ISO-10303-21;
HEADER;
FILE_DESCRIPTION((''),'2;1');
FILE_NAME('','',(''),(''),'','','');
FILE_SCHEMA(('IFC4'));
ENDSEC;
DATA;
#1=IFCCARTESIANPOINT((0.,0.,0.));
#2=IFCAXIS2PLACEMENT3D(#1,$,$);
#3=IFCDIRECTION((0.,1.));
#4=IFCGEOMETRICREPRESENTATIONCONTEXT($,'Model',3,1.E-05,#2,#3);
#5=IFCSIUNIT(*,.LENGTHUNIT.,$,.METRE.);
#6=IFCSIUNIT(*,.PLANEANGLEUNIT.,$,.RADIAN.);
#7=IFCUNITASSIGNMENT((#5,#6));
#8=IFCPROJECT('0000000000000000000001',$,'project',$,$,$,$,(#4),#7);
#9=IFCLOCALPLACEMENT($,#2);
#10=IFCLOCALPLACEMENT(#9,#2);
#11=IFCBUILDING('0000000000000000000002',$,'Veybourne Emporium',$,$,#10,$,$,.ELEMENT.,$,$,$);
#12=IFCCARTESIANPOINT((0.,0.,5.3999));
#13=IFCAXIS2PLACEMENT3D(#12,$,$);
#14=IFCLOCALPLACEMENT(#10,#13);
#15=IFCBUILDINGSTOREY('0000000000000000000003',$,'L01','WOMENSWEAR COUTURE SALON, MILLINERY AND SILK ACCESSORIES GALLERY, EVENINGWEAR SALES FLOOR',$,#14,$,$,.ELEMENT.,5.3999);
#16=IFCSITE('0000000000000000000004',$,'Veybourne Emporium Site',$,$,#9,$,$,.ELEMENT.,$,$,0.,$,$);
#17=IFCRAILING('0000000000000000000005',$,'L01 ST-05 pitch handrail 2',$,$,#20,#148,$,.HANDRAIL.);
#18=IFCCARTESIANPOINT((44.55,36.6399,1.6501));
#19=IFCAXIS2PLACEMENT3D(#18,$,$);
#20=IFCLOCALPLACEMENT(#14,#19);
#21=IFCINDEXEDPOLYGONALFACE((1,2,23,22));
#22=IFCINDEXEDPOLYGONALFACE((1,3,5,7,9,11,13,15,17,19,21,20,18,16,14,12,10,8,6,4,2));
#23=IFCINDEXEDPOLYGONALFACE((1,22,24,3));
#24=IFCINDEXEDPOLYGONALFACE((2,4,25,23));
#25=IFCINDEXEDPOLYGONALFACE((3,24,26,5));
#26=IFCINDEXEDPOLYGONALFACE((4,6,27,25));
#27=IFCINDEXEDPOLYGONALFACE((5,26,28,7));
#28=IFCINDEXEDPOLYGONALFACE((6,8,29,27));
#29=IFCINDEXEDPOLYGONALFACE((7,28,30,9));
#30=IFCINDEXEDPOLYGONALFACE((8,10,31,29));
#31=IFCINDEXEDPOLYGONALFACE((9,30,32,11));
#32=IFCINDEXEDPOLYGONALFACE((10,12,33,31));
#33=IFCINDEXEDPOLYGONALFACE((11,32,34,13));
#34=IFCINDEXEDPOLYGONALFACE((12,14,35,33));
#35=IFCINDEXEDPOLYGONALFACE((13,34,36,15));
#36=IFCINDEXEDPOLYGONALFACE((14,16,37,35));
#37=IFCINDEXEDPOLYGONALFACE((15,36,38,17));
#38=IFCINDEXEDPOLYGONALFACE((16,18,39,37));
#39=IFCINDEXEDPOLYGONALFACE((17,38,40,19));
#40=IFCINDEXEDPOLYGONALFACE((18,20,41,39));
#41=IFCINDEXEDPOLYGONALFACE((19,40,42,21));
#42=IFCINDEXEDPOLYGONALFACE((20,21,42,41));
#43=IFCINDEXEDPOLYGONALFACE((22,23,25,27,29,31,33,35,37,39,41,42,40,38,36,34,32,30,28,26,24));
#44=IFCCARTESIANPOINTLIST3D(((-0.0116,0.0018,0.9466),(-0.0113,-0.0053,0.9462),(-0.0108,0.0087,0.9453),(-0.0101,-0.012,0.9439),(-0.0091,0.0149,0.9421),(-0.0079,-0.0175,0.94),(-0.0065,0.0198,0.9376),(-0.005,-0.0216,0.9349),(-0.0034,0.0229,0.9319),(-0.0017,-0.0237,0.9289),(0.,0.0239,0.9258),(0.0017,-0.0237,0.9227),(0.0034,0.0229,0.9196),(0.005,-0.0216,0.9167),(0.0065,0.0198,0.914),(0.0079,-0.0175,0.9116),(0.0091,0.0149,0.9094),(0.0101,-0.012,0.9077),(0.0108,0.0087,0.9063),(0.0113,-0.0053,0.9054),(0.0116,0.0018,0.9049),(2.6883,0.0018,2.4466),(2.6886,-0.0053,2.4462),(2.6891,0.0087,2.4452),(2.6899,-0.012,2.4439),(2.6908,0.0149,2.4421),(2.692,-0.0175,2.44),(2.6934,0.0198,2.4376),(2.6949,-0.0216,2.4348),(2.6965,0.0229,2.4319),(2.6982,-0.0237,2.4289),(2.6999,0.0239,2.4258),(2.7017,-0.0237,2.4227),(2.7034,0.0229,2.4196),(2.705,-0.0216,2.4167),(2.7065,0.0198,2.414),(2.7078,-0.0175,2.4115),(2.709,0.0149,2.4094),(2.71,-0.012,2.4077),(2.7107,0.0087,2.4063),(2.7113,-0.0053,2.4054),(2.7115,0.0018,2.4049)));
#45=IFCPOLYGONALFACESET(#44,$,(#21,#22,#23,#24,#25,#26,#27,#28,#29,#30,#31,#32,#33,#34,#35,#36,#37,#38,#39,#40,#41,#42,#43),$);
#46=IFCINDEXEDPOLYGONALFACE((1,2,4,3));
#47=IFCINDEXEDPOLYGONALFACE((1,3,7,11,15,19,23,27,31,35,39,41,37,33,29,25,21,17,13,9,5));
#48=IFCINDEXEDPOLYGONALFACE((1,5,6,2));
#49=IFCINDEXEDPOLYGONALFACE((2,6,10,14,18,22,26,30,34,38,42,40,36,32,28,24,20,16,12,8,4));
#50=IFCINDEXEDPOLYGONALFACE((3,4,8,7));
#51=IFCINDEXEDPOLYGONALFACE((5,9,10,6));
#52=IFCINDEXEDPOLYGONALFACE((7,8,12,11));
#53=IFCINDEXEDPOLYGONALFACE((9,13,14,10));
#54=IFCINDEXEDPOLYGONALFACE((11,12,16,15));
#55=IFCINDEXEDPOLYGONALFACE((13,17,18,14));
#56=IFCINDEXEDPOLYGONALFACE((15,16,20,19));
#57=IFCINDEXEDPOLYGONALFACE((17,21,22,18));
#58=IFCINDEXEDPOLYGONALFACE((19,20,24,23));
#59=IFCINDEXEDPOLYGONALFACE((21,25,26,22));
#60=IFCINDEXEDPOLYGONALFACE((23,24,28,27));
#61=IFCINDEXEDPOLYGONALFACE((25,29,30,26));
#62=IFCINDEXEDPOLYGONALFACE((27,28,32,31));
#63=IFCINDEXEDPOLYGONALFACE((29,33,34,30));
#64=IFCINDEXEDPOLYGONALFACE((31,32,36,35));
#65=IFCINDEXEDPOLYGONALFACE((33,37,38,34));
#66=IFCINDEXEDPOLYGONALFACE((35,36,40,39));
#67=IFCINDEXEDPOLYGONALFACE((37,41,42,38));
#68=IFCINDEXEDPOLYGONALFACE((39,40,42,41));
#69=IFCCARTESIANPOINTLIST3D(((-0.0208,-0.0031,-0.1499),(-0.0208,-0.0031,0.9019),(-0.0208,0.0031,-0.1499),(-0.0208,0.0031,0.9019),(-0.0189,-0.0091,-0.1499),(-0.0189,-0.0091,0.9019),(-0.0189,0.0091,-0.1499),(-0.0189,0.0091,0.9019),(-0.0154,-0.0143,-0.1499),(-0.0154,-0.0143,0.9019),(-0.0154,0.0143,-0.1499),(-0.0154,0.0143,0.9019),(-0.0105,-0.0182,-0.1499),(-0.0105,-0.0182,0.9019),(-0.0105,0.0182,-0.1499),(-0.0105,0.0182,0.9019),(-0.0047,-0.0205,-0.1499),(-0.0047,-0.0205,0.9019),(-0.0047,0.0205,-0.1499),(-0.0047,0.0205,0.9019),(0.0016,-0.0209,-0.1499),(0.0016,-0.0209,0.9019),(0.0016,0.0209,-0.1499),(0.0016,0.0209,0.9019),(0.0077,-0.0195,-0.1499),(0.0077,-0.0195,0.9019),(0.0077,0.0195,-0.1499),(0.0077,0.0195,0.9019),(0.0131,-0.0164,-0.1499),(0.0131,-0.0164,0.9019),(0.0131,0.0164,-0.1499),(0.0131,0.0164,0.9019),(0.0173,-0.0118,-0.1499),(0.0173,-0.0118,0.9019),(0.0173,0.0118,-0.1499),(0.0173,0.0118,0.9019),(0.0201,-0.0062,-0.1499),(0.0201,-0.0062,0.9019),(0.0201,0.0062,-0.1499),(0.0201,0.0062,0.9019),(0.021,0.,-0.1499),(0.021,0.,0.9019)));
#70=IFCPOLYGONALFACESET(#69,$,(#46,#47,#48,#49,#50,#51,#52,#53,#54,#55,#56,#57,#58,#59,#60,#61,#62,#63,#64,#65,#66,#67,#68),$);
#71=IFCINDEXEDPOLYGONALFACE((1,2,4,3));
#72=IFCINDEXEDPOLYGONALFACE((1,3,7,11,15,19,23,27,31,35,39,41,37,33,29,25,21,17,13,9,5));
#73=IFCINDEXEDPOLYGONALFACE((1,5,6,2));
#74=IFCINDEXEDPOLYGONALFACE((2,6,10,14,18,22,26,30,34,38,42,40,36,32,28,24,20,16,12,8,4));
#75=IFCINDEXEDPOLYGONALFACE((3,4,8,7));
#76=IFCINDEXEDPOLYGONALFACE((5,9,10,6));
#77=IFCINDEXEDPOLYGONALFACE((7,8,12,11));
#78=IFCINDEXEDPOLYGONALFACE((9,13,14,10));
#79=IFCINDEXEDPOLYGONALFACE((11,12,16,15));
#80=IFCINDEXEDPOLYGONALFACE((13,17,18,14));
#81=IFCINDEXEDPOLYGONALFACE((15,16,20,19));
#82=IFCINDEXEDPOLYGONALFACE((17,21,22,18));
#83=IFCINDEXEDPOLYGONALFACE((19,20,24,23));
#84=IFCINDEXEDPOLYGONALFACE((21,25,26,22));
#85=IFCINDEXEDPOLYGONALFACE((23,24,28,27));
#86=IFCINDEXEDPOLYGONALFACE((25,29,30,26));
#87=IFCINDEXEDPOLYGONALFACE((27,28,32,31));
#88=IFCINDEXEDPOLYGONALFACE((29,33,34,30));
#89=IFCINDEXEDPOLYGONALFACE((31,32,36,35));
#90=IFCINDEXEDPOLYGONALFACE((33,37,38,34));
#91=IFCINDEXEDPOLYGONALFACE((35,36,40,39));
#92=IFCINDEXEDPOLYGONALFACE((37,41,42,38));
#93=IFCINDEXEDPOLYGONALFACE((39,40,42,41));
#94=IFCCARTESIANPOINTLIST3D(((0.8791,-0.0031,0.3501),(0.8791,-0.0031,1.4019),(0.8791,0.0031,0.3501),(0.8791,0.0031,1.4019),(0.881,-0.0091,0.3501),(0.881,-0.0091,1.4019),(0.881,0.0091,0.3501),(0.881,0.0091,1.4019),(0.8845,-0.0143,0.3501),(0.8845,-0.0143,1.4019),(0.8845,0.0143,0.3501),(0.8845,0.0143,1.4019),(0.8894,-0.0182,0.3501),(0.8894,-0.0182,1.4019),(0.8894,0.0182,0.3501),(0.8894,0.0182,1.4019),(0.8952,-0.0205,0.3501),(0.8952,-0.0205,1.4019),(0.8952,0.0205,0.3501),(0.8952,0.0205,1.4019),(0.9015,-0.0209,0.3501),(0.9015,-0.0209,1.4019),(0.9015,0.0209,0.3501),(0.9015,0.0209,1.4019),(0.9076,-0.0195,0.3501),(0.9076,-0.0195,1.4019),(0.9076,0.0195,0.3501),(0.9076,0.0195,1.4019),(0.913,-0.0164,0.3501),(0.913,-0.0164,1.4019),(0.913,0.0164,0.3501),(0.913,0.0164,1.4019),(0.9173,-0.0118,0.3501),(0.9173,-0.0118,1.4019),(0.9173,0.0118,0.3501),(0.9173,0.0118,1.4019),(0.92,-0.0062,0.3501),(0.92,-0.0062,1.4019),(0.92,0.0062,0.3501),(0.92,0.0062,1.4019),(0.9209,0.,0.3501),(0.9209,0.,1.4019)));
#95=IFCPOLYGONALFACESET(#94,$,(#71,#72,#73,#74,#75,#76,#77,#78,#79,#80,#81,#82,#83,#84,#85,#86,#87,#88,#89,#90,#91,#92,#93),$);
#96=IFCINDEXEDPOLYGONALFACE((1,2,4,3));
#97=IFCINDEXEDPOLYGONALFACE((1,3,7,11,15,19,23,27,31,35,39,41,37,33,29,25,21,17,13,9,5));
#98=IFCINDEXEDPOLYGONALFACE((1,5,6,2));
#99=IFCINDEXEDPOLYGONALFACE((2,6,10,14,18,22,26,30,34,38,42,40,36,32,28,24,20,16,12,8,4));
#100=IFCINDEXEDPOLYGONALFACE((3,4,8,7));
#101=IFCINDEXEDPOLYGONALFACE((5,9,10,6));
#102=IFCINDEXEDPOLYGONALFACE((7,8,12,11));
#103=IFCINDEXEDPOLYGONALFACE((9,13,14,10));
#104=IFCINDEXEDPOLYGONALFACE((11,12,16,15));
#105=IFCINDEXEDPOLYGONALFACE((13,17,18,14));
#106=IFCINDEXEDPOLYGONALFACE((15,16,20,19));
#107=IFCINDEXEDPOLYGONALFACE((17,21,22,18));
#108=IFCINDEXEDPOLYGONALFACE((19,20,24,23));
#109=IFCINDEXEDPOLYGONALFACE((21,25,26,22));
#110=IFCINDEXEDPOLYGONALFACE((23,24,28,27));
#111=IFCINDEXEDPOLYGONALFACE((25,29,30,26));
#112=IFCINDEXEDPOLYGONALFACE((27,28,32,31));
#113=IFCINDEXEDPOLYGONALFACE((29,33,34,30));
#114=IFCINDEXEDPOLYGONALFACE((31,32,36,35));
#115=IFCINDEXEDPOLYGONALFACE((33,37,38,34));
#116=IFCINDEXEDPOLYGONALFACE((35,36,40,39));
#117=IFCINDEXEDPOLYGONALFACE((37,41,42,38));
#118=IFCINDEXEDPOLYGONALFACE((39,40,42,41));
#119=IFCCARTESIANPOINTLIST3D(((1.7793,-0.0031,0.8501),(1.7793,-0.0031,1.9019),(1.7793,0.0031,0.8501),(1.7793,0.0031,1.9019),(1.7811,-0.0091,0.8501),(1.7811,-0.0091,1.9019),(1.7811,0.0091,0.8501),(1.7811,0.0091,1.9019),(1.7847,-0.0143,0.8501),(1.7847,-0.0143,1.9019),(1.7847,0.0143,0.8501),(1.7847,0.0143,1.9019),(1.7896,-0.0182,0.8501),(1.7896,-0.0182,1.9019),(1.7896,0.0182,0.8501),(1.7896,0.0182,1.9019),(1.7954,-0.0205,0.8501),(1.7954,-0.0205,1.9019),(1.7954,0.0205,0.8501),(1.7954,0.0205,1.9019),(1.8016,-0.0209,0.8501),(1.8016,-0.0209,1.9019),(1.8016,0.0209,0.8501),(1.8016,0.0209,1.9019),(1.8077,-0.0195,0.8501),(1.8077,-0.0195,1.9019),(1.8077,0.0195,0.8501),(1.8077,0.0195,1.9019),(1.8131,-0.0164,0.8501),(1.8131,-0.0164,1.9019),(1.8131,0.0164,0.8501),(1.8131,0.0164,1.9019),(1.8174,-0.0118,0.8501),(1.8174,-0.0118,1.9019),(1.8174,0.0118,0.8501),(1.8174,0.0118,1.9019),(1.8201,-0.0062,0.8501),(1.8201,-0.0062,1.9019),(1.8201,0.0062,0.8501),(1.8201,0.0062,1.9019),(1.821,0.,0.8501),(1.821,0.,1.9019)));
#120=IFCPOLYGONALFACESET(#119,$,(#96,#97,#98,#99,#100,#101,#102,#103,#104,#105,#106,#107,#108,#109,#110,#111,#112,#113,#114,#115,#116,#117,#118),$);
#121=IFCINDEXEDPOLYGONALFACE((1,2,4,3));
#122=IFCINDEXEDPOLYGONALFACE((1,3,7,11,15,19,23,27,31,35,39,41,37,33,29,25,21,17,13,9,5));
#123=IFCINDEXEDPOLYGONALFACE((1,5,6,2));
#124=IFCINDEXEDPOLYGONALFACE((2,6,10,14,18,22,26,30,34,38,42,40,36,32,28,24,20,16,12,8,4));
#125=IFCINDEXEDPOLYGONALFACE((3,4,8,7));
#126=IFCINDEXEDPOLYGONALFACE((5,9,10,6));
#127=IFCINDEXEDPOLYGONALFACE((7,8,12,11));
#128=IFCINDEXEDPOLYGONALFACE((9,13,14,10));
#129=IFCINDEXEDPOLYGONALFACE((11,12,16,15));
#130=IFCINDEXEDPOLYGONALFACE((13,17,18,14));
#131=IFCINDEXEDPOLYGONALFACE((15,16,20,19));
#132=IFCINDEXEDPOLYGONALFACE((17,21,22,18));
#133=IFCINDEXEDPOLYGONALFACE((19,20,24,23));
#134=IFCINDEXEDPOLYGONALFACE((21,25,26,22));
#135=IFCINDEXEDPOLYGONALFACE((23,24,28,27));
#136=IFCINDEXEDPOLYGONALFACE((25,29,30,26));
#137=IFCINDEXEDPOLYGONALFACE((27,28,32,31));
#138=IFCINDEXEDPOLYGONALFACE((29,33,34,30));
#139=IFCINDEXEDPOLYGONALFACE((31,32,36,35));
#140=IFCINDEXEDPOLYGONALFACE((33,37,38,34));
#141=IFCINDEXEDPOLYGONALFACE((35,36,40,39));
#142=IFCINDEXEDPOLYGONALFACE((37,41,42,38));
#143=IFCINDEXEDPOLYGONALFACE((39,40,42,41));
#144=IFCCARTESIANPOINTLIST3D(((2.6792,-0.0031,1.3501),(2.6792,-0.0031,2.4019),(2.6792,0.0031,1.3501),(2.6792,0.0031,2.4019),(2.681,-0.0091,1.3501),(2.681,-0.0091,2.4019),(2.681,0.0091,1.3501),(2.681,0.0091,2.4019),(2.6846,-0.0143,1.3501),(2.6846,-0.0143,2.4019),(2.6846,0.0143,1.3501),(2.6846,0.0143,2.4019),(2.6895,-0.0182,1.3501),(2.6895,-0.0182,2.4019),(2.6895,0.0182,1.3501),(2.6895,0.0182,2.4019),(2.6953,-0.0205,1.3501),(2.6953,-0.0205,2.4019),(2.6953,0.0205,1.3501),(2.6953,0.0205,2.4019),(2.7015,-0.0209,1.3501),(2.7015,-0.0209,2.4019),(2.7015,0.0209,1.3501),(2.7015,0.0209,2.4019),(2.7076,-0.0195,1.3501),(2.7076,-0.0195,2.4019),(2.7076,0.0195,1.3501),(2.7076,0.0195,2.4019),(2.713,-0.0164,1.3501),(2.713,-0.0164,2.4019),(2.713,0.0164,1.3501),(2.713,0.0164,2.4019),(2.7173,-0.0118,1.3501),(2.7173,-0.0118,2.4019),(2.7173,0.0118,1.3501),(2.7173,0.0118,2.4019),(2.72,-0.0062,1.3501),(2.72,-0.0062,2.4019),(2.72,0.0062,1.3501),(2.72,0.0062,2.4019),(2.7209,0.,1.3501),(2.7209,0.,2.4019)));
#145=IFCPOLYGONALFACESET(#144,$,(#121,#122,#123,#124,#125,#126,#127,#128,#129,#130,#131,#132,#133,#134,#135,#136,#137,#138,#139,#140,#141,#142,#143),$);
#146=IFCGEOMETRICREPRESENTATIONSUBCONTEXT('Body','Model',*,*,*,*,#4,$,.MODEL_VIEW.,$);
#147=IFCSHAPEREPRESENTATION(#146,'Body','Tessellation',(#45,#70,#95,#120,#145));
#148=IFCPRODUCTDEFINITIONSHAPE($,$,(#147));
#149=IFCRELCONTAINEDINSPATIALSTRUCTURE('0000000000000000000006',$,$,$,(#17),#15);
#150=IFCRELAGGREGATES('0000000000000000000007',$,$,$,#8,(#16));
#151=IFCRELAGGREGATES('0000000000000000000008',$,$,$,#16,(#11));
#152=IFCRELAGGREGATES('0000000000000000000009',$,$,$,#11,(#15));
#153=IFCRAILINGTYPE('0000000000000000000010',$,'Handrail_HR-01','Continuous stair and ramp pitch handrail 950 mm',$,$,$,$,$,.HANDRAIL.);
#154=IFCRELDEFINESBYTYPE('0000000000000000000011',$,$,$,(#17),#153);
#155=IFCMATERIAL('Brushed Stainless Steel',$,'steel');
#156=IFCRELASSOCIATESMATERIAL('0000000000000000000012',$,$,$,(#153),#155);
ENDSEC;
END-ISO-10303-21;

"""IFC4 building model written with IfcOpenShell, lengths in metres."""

from ifc_helpers import new_model, si_unit, direction, frame, origin, origin_2d, place, context, subcontext, project, spatial, circle, extrude, material, type_object, element, save


model = new_model("IFC4")

# Units and contexts
model_context = context("Model", 3, precision=1e-05, world=origin(), true_north=direction((0.0, 1.0)))
body_context = subcontext(model_context, "Body", "Model", "MODEL_VIEW")
ifc_project = project(units=[si_unit("LENGTHUNIT", "METRE"), si_unit("PLANEANGLEUNIT", "RADIAN")], contexts=[model_context])

# Site, building, storey
site_placement = place(None, origin())
site = spatial("IfcSite", under=ifc_project, at=site_placement, Name="Veybourne Emporium Site", CompositionType="ELEMENT", RefElevation=0.0)
building_placement = place(site_placement, origin())
building = spatial("IfcBuilding", under=site, at=building_placement, Name="Veybourne Emporium", CompositionType="ELEMENT")
storey_placement = place(building_placement, frame((0.0, 0.0, 5.3999)))
storey = spatial("IfcBuildingStorey", under=building, at=storey_placement, Name="L01", Description="WOMENSWEAR COUTURE SALON, MILLINERY AND SILK ACCESSORIES GALLERY, EVENINGWEAR SALES FLOOR", CompositionType="ELEMENT", Elevation=5.3999)

# Railing
ifc_material_1 = material(Name="Brushed Stainless Steel", Category="steel")
railing_type_1 = type_object("IfcRailingType", Name="Handrail_HR-01", Description="Continuous stair and ramp pitch handrail 950 mm", PredefinedType="HANDRAIL", material=ifc_material_1)
railing_1_placement = place(storey_placement, frame((44.55, 36.6399, 1.6501)))
element("IfcRailing", 1, at=railing_1_placement, inside=storey, type_object=railing_type_1, Name="L01 ST-05 pitch handrail 2", PredefinedType="HANDRAIL", context=body_context, shape_type="SweptSolid", body=[
    extrude(circle(Radius=0.0239, at=origin_2d()), frame((0.0, 0.0, 0.9258), z_axis=(0.874154, 0.0, 0.48565), x_axis=(0.0, 1.0, 0.0)), (0.0, 0.0, 1.0), 3.0886),
    extrude(circle(Radius=0.021, at=origin_2d()), frame((0.0, 0.0, -0.1499)), (0.0, 0.0, 1.0), 1.0518),
    extrude(circle(Radius=0.021, at=origin_2d()), frame((0.8999, 0.0, 0.3501)), (0.0, 0.0, 1.0), 1.0518),
    extrude(circle(Radius=0.021, at=origin_2d()), frame((1.8, 0.0, 0.8501)), (0.0, 0.0, 1.0), 1.0518),
    extrude(circle(Radius=0.021, at=origin_2d()), frame((2.7, 0.0, 1.3501)), (0.0, 0.0, 1.0), 1.0518),
])

save(model, "model.ifc")
